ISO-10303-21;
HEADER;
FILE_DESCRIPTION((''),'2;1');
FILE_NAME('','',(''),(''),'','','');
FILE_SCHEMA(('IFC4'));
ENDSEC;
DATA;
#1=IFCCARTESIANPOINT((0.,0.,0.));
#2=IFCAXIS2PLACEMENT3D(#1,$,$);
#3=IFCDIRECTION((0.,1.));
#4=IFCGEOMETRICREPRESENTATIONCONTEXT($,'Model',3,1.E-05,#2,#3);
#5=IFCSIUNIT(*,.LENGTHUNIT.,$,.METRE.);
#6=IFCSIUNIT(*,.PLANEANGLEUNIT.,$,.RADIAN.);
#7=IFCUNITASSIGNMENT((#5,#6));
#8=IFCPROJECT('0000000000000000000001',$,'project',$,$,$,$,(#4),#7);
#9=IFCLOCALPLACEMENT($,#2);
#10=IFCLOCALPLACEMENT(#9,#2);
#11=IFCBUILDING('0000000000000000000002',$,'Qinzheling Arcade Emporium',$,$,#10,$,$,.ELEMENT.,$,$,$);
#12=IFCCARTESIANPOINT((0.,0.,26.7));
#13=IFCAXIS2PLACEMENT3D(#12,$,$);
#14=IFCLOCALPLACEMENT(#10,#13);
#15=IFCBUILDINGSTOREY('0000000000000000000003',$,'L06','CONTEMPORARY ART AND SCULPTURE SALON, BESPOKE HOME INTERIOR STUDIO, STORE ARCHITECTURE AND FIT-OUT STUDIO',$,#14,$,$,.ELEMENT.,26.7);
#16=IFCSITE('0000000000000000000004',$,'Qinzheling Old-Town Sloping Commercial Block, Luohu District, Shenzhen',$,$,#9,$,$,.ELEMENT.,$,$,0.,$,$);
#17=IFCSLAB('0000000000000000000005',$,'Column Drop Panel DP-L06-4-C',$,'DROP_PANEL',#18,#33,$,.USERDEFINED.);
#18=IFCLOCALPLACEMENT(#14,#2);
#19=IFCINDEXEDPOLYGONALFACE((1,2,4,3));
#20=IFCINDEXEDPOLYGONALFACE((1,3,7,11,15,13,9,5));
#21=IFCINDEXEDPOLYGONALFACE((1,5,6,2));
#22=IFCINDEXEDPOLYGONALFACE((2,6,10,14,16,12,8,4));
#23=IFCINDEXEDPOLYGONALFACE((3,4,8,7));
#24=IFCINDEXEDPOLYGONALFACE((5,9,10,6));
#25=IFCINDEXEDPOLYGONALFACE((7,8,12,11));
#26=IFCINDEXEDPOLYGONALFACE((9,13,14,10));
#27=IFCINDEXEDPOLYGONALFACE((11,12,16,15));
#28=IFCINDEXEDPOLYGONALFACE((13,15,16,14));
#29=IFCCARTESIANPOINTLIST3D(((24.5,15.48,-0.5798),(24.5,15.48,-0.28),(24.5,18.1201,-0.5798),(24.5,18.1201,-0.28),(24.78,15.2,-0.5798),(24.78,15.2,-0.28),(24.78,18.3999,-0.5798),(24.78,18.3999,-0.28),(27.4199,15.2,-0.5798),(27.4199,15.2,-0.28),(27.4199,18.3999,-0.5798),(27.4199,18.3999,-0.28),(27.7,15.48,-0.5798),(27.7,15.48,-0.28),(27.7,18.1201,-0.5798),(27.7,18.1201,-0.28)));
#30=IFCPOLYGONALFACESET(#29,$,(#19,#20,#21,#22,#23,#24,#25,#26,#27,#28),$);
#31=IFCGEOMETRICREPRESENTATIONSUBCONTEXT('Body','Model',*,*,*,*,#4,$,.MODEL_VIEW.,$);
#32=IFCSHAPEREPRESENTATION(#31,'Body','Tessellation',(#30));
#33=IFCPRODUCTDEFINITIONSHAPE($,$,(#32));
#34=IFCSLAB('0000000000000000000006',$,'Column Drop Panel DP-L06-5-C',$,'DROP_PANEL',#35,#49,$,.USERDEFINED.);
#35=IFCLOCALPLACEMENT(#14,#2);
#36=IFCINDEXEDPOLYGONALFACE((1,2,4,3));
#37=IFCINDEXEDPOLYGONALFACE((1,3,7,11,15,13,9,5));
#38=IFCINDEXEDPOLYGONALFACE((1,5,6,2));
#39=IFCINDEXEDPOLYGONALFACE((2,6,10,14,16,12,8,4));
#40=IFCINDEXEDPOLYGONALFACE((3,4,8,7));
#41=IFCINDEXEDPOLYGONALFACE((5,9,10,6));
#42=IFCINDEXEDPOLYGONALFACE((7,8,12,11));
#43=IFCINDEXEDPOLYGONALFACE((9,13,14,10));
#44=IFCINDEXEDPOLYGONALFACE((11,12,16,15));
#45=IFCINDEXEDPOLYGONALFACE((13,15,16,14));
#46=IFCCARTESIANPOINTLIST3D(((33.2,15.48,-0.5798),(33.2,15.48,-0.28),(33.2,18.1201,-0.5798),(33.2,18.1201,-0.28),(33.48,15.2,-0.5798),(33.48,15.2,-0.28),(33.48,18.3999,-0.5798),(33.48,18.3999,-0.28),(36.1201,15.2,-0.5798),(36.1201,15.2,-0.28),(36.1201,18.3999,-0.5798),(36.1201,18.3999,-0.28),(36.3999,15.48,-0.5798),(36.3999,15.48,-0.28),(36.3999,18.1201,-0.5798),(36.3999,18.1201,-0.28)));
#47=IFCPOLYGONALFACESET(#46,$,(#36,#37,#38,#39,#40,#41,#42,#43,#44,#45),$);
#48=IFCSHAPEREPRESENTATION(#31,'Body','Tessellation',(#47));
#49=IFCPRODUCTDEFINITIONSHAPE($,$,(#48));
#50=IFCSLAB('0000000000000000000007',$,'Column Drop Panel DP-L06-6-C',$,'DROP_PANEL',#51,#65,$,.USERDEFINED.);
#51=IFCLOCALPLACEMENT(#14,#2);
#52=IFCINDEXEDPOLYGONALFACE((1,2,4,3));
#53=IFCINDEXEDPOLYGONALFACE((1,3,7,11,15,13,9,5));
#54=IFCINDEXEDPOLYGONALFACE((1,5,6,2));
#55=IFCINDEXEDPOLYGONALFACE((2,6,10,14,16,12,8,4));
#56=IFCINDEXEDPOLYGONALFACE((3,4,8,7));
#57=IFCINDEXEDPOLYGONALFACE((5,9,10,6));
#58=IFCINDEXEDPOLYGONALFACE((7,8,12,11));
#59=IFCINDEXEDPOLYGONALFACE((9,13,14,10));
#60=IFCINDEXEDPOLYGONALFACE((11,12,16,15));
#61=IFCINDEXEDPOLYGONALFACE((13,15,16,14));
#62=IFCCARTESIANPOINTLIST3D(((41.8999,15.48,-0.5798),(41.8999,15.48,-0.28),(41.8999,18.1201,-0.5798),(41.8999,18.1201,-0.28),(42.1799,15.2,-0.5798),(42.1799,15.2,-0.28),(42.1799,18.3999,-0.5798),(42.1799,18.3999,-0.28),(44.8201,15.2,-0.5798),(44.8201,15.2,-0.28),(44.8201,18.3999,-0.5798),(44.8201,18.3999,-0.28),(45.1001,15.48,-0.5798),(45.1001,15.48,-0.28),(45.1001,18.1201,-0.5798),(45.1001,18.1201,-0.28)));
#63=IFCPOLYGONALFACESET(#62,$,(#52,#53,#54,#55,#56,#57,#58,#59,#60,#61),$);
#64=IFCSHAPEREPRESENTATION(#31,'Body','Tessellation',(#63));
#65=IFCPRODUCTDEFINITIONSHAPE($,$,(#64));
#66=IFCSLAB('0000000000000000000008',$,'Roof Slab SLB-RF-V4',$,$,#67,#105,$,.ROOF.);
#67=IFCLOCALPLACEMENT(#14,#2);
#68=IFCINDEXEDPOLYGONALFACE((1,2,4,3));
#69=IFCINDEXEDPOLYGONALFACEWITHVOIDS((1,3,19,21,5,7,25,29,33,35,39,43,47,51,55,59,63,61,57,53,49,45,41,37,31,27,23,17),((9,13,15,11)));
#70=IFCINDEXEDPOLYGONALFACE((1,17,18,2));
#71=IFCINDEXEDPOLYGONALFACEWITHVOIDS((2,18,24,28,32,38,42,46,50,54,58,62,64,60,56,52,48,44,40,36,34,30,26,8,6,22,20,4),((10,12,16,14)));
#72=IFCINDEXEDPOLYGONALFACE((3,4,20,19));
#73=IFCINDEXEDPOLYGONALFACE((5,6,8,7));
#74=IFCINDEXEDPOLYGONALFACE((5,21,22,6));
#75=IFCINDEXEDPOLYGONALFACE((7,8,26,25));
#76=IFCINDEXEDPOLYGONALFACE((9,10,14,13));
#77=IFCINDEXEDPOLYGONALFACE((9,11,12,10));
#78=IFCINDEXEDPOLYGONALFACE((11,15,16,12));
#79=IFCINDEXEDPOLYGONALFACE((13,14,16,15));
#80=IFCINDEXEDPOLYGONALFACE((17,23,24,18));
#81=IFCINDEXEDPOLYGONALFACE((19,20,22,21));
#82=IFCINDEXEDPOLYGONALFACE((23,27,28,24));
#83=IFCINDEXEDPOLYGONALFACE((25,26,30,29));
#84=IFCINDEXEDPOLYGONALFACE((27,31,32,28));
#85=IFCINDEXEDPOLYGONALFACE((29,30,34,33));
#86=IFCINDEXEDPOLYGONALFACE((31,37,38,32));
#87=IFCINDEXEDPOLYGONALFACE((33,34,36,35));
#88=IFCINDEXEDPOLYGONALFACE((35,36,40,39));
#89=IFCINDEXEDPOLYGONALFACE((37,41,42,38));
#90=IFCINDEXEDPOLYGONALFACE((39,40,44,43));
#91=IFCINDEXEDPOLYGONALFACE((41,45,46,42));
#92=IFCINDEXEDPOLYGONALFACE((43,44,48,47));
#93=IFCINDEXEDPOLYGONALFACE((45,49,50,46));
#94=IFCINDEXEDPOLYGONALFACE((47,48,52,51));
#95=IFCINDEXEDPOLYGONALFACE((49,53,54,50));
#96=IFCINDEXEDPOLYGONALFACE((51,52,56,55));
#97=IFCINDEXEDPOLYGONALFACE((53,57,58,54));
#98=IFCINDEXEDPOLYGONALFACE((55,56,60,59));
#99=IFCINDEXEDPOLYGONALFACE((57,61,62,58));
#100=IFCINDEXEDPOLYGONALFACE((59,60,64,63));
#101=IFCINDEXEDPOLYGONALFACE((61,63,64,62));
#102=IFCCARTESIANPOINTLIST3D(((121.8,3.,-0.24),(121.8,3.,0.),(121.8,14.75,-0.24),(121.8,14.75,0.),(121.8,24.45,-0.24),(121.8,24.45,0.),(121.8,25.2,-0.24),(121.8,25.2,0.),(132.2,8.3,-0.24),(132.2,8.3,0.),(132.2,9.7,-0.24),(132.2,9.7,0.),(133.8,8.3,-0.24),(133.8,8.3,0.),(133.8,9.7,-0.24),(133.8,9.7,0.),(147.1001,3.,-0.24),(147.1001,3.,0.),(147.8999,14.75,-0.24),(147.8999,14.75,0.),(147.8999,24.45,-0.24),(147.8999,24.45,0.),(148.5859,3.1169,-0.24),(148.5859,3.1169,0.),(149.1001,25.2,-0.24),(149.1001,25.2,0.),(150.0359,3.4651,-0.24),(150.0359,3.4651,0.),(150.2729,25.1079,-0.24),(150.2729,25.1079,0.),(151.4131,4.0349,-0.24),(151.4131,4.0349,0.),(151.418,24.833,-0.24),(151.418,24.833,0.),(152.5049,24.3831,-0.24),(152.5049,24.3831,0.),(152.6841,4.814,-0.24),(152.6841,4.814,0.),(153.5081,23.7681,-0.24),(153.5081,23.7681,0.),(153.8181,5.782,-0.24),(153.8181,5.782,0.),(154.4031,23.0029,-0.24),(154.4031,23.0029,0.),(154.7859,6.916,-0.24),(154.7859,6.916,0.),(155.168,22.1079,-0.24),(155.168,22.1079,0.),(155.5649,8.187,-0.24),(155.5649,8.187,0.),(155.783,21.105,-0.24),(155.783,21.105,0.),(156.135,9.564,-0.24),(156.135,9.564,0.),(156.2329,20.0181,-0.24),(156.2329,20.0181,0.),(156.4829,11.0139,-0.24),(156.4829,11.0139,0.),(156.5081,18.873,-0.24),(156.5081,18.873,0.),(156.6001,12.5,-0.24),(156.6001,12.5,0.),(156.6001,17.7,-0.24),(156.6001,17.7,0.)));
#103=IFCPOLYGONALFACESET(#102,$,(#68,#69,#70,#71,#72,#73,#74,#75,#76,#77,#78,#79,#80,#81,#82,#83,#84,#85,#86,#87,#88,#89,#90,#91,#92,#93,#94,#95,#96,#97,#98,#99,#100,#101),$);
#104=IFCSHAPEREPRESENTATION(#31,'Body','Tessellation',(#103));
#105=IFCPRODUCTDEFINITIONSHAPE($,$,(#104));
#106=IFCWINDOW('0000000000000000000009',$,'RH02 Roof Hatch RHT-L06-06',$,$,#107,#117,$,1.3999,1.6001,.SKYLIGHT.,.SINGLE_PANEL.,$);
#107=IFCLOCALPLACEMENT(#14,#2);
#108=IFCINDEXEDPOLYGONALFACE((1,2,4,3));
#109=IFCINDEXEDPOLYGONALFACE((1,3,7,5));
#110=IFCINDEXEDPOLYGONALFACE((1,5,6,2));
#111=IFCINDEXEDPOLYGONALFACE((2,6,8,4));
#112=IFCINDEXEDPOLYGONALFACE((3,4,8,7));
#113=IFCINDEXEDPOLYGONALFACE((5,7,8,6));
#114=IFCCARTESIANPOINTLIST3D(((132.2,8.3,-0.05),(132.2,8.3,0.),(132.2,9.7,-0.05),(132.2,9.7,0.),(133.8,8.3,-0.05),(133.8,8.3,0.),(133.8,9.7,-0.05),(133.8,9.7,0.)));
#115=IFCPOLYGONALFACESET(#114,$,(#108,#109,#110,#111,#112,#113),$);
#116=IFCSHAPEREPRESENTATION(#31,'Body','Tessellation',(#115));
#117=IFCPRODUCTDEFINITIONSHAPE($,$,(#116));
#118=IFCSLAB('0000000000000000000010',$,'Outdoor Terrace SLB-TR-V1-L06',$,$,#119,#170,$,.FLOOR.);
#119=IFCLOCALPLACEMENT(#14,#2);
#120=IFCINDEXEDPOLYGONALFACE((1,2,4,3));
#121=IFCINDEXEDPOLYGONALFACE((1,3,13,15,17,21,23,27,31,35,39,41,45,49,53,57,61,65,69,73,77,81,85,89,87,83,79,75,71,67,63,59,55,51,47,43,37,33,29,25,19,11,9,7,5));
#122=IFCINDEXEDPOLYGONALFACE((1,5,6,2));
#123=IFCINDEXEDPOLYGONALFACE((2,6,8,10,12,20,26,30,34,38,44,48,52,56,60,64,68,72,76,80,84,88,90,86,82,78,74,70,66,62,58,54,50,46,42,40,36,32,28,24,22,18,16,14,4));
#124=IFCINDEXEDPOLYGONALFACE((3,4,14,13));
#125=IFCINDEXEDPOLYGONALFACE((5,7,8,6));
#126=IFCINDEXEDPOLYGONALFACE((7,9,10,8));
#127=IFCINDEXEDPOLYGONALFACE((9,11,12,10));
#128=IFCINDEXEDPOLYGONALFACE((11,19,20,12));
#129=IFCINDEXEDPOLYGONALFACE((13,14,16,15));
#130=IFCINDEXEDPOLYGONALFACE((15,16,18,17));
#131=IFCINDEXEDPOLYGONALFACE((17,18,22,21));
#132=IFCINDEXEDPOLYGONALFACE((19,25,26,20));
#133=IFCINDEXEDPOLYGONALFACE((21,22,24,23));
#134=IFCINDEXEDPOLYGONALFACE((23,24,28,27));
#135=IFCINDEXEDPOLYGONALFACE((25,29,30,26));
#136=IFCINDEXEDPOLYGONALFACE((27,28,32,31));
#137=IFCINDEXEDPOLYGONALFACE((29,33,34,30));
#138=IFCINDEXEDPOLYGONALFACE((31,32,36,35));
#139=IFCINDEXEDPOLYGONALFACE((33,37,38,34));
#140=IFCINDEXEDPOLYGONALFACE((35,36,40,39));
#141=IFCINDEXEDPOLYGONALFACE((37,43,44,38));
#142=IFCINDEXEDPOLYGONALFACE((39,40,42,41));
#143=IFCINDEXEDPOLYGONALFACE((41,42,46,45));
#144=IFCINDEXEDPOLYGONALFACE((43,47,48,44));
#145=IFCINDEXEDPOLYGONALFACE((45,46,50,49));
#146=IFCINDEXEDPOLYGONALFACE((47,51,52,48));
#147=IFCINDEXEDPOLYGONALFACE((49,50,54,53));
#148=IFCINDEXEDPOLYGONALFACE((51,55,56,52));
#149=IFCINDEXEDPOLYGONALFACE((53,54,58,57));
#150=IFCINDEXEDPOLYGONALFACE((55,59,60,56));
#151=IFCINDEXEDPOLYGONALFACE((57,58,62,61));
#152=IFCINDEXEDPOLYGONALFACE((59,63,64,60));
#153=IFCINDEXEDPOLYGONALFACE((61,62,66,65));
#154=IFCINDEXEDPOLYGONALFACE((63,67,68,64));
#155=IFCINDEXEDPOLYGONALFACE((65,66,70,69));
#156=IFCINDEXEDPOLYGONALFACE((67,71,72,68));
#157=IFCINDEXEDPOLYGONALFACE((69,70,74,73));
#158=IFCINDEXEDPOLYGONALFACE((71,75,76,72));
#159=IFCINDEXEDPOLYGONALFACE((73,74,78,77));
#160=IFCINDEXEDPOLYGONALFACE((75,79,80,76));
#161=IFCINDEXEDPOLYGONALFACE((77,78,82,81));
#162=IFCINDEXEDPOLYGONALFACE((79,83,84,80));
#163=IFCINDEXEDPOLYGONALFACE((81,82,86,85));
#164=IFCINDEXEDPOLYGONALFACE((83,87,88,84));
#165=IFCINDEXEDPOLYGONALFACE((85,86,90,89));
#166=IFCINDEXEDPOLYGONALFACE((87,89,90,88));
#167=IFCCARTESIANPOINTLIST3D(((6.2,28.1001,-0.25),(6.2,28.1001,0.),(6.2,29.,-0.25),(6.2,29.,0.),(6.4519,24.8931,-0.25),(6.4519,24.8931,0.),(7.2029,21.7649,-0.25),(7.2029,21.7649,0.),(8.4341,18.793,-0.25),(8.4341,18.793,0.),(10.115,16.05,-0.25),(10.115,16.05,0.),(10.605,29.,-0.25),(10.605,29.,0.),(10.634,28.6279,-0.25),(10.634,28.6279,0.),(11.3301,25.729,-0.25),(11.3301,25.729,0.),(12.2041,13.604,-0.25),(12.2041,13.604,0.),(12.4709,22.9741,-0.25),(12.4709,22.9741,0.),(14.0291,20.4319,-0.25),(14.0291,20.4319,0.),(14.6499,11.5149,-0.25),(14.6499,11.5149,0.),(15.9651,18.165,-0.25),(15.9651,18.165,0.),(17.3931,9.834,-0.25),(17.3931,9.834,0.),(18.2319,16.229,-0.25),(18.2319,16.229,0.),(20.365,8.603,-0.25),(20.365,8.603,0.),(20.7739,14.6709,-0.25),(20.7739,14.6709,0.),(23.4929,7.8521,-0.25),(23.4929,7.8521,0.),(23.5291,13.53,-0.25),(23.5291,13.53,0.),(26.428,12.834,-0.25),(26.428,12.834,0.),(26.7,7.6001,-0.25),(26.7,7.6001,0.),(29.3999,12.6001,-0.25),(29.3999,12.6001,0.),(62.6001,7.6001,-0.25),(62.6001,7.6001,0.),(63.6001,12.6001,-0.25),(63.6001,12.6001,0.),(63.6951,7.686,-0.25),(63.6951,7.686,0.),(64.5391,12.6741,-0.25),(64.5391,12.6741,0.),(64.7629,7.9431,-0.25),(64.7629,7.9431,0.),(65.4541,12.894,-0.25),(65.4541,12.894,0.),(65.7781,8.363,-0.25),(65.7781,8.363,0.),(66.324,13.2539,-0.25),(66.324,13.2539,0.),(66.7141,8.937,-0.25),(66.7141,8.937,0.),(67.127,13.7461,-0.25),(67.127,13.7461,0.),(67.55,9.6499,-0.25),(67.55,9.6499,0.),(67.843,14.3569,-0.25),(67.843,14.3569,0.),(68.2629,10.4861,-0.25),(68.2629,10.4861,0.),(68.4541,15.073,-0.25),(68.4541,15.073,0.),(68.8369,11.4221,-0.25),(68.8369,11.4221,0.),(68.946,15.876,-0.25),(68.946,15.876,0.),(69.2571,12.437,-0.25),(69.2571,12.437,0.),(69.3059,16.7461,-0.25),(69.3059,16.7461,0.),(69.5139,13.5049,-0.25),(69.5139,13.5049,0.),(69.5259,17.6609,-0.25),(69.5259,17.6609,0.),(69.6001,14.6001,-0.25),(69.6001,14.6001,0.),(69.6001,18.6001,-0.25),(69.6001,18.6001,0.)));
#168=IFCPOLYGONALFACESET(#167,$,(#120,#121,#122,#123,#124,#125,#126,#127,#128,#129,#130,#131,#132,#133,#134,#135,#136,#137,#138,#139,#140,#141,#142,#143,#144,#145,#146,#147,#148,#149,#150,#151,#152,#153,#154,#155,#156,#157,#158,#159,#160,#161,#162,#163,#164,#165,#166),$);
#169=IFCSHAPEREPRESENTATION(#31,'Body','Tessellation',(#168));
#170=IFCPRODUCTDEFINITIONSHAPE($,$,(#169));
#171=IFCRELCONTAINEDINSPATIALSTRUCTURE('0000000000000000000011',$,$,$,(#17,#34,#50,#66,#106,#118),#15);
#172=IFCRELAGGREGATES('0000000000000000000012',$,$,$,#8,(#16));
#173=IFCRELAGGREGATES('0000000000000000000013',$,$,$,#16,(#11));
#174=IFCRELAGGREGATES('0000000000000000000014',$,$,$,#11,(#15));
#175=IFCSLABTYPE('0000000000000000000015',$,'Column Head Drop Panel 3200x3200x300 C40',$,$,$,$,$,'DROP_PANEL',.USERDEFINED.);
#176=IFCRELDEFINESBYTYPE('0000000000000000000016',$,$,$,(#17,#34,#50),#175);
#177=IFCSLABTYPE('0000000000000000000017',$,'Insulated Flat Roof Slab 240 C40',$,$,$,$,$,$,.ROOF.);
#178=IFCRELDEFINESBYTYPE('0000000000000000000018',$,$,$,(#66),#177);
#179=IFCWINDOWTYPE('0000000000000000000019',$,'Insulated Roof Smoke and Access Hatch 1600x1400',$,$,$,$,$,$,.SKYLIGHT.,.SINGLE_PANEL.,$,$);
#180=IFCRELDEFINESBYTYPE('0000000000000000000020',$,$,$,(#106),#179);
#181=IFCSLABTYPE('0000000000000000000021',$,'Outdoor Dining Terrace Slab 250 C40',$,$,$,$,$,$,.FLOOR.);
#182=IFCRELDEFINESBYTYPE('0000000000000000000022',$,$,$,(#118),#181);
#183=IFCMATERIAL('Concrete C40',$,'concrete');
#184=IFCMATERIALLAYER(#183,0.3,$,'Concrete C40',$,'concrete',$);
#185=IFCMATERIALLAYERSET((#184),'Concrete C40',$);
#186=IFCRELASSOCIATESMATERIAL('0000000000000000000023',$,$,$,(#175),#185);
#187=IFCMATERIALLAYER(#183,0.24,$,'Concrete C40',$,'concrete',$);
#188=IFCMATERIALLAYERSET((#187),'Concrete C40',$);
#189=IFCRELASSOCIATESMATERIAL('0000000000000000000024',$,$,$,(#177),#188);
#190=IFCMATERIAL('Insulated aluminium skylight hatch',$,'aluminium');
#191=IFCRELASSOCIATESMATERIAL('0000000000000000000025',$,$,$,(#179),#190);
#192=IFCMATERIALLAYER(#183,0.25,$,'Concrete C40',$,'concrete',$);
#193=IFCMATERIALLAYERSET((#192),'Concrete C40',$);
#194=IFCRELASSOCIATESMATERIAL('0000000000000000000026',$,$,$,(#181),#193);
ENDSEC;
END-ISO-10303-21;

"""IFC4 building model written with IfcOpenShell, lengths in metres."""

from ifc_helpers import new_model, si_unit, direction, frame, origin, origin_2d, place, context, subcontext, project, spatial, polyline, rectangle, outline, extrude, material, layer, layer_set, type_object, element, fill, save


model = new_model("IFC4")

# Units and contexts
model_context = context("Model", 3, precision=1e-05, world=origin(), true_north=direction((0.0, 1.0)))
body_context = subcontext(model_context, "Body", "Model", "MODEL_VIEW")
ifc_project = project(units=[si_unit("LENGTHUNIT", "METRE"), si_unit("PLANEANGLEUNIT", "RADIAN")], contexts=[model_context])

# Site, building, storey
site_placement = place(None, origin())
site = spatial("IfcSite", under=ifc_project, at=site_placement, Name="Qinzheling Old-Town Sloping Commercial Block, Luohu District, Shenzhen", CompositionType="ELEMENT", RefElevation=0.0)
building_placement = place(site_placement, origin())
building = spatial("IfcBuilding", under=site, at=building_placement, Name="Qinzheling Arcade Emporium", CompositionType="ELEMENT")
storey_placement = place(building_placement, frame((0.0, 0.0, 26.7)))
storey = spatial("IfcBuildingStorey", under=building, at=storey_placement, Name="L06", Description="CONTEMPORARY ART AND SCULPTURE SALON, BESPOKE HOME INTERIOR STUDIO, STORE ARCHITECTURE AND FIT-OUT STUDIO", CompositionType="ELEMENT", Elevation=26.7)

# Slabs
ifc_material_1 = material(Name="Concrete C40", Category="concrete")
ifc_layer_1 = layer(ifc_material_1, 0.3, Name="Concrete C40", Category="concrete")
ifc_layer_set_1 = layer_set([ifc_layer_1], Name="Concrete C40")
slab_type_1 = type_object("IfcSlabType", Name="Column Head Drop Panel 3200x3200x300 C40", ElementType="DROP_PANEL", PredefinedType="USERDEFINED", material=ifc_layer_set_1)
slab_1_placement = place(storey_placement, frame((0.0, 0.0, -0.5798)))
element("IfcSlab", 1, at=slab_1_placement, inside=storey, type_object=slab_type_1, Name="Column Drop Panel DP-L06-4-C", ObjectType="DROP_PANEL", PredefinedType="USERDEFINED", context=body_context, shape_type="SweptSolid", body=[
    extrude(outline(polyline([(24.78, 15.2), (27.4199, 15.2), (27.7, 15.48), (27.7, 18.1201), (27.4199, 18.3999), (24.78, 18.3999), (24.5, 18.1201), (24.5, 15.48), (24.78, 15.2)])), origin(), (0.0, 0.0, 1.0), 0.2998),
])
slab_2_placement = place(storey_placement, frame((0.0, 0.0, -0.5798)))
element("IfcSlab", 2, at=slab_2_placement, inside=storey, type_object=slab_type_1, Name="Column Drop Panel DP-L06-5-C", ObjectType="DROP_PANEL", PredefinedType="USERDEFINED", context=body_context, shape_type="SweptSolid", body=[
    extrude(outline(polyline([(33.48, 15.2), (36.1201, 15.2), (36.3999, 15.48), (36.3999, 18.1201), (36.1201, 18.3999), (33.48, 18.3999), (33.2, 18.1201), (33.2, 15.48), (33.48, 15.2)])), origin(), (0.0, 0.0, 1.0), 0.2998),
])
slab_3_placement = place(storey_placement, frame((0.0, 0.0, -0.5798)))
element("IfcSlab", 3, at=slab_3_placement, inside=storey, type_object=slab_type_1, Name="Column Drop Panel DP-L06-6-C", ObjectType="DROP_PANEL", PredefinedType="USERDEFINED", context=body_context, shape_type="SweptSolid", body=[
    extrude(outline(polyline([(42.1799, 15.2), (44.8201, 15.2), (45.1001, 15.48), (45.1001, 18.1201), (44.8201, 18.3999), (42.1799, 18.3999), (41.8999, 18.1201), (41.8999, 15.48), (42.1799, 15.2)])), origin(), (0.0, 0.0, 1.0), 0.2998),
])

# Slab, opening, window
ifc_layer_2 = layer(ifc_material_1, 0.24, Name="Concrete C40", Category="concrete")
ifc_layer_set_2 = layer_set([ifc_layer_2], Name="Concrete C40")
slab_type_2 = type_object("IfcSlabType", Name="Insulated Flat Roof Slab 240 C40", PredefinedType="ROOF", material=ifc_layer_set_2)
slab_4_placement = place(storey_placement, frame((0.0, 0.0, -0.24)))
slab_4 = element("IfcSlab", 4, at=slab_4_placement, inside=storey, type_object=slab_type_2, Name="Roof Slab SLB-RF-V4", PredefinedType="ROOF", context=body_context, shape_type="SweptSolid", body=[
    extrude(outline(polyline([(121.8, 24.45), (147.8999, 24.45), (147.8999, 14.75), (121.8, 14.75), (121.8, 3.0), (147.1001, 3.0), (148.5859, 3.1169), (150.0359, 3.4651), (151.4131, 4.0349), (152.6841, 4.814), (153.8181, 5.782), (154.7859, 6.916), (155.5649, 8.187), (156.135, 9.564), (156.4829, 11.0139), (156.6001, 12.5), (156.6001, 17.7), (156.5081, 18.873), (156.2329, 20.0181), (155.783, 21.105), (155.168, 22.1079), (154.4031, 23.0029), (153.5081, 23.7681), (152.5049, 24.3831), (151.418, 24.833), (150.2729, 25.1079), (149.1001, 25.2), (121.8, 25.2), (121.8, 24.45)])), origin(), (0.0, 0.0, 1.0), 0.24),
])
opening_placement = place(slab_4_placement, frame((133.0, 9.0, -0.01)))
opening = element("IfcOpeningElement", 5, at=opening_placement, cuts=slab_4, PredefinedType="OPENING", context=body_context, shape_type="SweptSolid", body=[
    extrude(rectangle(XDim=1.6001, YDim=1.3999, at=origin_2d()), origin(), (0.0, 0.0, 1.0), 0.26),
])
ifc_material_2 = material(Name="Insulated aluminium skylight hatch", Category="aluminium")
window_type = type_object("IfcWindowType", Name="Insulated Roof Smoke and Access Hatch 1600x1400", PartitioningType="SINGLE_PANEL", PredefinedType="SKYLIGHT", material=ifc_material_2)
window_placement = place(opening_placement, frame((0.0, 0.0, 0.2)))
window = element("IfcWindow", 6, at=window_placement, inside=storey, type_object=window_type, Name="RH02 Roof Hatch RHT-L06-06", OverallHeight=1.3999, OverallWidth=1.6001, PartitioningType="SINGLE_PANEL", PredefinedType="SKYLIGHT", context=body_context, shape_type="SweptSolid", body=[
    extrude(rectangle(XDim=1.6001, YDim=1.3999, at=origin_2d()), origin(), (0.0, 0.0, 1.0), 0.05),
])
fill(opening, window)

# Slab
ifc_layer_3 = layer(ifc_material_1, 0.25, Name="Concrete C40", Category="concrete")
ifc_layer_set_3 = layer_set([ifc_layer_3], Name="Concrete C40")
slab_type_3 = type_object("IfcSlabType", Name="Outdoor Dining Terrace Slab 250 C40", PredefinedType="FLOOR", material=ifc_layer_set_3)
slab_5_placement = place(storey_placement, frame((0.0, 0.0, -0.25)))
element("IfcSlab", 7, at=slab_5_placement, inside=storey, type_object=slab_type_3, Name="Outdoor Terrace SLB-TR-V1-L06", PredefinedType="FLOOR", context=body_context, shape_type="SweptSolid", body=[
    extrude(outline(polyline([(69.6001, 14.6001), (69.6001, 18.6001), (69.5259, 17.6609), (69.3059, 16.7461), (68.946, 15.876), (68.4541, 15.073), (67.843, 14.3569), (67.127, 13.7461), (66.324, 13.2539), (65.4541, 12.894), (64.5391, 12.6741), (63.6001, 12.6001), (29.3999, 12.6001), (26.428, 12.834), (23.5291, 13.53), (20.7739, 14.6709), (18.2319, 16.229), (15.9651, 18.165), (14.0291, 20.4319), (12.4709, 22.9741), (11.3301, 25.729), (10.634, 28.6279), (10.605, 29.0), (6.2, 29.0), (6.2, 28.1001), (6.4519, 24.8931), (7.2029, 21.7649), (8.4341, 18.793), (10.115, 16.05), (12.2041, 13.604), (14.6499, 11.5149), (17.3931, 9.834), (20.365, 8.603), (23.4929, 7.8521), (26.7, 7.6001), (62.6001, 7.6001), (63.6951, 7.686), (64.7629, 7.9431), (65.7781, 8.363), (66.7141, 8.937), (67.55, 9.6499), (68.2629, 10.4861), (68.8369, 11.4221), (69.2571, 12.437), (69.5139, 13.5049), (69.6001, 14.6001)])), origin(), (0.0, 0.0, 1.0), 0.25),
])

save(model, "model.ifc")
